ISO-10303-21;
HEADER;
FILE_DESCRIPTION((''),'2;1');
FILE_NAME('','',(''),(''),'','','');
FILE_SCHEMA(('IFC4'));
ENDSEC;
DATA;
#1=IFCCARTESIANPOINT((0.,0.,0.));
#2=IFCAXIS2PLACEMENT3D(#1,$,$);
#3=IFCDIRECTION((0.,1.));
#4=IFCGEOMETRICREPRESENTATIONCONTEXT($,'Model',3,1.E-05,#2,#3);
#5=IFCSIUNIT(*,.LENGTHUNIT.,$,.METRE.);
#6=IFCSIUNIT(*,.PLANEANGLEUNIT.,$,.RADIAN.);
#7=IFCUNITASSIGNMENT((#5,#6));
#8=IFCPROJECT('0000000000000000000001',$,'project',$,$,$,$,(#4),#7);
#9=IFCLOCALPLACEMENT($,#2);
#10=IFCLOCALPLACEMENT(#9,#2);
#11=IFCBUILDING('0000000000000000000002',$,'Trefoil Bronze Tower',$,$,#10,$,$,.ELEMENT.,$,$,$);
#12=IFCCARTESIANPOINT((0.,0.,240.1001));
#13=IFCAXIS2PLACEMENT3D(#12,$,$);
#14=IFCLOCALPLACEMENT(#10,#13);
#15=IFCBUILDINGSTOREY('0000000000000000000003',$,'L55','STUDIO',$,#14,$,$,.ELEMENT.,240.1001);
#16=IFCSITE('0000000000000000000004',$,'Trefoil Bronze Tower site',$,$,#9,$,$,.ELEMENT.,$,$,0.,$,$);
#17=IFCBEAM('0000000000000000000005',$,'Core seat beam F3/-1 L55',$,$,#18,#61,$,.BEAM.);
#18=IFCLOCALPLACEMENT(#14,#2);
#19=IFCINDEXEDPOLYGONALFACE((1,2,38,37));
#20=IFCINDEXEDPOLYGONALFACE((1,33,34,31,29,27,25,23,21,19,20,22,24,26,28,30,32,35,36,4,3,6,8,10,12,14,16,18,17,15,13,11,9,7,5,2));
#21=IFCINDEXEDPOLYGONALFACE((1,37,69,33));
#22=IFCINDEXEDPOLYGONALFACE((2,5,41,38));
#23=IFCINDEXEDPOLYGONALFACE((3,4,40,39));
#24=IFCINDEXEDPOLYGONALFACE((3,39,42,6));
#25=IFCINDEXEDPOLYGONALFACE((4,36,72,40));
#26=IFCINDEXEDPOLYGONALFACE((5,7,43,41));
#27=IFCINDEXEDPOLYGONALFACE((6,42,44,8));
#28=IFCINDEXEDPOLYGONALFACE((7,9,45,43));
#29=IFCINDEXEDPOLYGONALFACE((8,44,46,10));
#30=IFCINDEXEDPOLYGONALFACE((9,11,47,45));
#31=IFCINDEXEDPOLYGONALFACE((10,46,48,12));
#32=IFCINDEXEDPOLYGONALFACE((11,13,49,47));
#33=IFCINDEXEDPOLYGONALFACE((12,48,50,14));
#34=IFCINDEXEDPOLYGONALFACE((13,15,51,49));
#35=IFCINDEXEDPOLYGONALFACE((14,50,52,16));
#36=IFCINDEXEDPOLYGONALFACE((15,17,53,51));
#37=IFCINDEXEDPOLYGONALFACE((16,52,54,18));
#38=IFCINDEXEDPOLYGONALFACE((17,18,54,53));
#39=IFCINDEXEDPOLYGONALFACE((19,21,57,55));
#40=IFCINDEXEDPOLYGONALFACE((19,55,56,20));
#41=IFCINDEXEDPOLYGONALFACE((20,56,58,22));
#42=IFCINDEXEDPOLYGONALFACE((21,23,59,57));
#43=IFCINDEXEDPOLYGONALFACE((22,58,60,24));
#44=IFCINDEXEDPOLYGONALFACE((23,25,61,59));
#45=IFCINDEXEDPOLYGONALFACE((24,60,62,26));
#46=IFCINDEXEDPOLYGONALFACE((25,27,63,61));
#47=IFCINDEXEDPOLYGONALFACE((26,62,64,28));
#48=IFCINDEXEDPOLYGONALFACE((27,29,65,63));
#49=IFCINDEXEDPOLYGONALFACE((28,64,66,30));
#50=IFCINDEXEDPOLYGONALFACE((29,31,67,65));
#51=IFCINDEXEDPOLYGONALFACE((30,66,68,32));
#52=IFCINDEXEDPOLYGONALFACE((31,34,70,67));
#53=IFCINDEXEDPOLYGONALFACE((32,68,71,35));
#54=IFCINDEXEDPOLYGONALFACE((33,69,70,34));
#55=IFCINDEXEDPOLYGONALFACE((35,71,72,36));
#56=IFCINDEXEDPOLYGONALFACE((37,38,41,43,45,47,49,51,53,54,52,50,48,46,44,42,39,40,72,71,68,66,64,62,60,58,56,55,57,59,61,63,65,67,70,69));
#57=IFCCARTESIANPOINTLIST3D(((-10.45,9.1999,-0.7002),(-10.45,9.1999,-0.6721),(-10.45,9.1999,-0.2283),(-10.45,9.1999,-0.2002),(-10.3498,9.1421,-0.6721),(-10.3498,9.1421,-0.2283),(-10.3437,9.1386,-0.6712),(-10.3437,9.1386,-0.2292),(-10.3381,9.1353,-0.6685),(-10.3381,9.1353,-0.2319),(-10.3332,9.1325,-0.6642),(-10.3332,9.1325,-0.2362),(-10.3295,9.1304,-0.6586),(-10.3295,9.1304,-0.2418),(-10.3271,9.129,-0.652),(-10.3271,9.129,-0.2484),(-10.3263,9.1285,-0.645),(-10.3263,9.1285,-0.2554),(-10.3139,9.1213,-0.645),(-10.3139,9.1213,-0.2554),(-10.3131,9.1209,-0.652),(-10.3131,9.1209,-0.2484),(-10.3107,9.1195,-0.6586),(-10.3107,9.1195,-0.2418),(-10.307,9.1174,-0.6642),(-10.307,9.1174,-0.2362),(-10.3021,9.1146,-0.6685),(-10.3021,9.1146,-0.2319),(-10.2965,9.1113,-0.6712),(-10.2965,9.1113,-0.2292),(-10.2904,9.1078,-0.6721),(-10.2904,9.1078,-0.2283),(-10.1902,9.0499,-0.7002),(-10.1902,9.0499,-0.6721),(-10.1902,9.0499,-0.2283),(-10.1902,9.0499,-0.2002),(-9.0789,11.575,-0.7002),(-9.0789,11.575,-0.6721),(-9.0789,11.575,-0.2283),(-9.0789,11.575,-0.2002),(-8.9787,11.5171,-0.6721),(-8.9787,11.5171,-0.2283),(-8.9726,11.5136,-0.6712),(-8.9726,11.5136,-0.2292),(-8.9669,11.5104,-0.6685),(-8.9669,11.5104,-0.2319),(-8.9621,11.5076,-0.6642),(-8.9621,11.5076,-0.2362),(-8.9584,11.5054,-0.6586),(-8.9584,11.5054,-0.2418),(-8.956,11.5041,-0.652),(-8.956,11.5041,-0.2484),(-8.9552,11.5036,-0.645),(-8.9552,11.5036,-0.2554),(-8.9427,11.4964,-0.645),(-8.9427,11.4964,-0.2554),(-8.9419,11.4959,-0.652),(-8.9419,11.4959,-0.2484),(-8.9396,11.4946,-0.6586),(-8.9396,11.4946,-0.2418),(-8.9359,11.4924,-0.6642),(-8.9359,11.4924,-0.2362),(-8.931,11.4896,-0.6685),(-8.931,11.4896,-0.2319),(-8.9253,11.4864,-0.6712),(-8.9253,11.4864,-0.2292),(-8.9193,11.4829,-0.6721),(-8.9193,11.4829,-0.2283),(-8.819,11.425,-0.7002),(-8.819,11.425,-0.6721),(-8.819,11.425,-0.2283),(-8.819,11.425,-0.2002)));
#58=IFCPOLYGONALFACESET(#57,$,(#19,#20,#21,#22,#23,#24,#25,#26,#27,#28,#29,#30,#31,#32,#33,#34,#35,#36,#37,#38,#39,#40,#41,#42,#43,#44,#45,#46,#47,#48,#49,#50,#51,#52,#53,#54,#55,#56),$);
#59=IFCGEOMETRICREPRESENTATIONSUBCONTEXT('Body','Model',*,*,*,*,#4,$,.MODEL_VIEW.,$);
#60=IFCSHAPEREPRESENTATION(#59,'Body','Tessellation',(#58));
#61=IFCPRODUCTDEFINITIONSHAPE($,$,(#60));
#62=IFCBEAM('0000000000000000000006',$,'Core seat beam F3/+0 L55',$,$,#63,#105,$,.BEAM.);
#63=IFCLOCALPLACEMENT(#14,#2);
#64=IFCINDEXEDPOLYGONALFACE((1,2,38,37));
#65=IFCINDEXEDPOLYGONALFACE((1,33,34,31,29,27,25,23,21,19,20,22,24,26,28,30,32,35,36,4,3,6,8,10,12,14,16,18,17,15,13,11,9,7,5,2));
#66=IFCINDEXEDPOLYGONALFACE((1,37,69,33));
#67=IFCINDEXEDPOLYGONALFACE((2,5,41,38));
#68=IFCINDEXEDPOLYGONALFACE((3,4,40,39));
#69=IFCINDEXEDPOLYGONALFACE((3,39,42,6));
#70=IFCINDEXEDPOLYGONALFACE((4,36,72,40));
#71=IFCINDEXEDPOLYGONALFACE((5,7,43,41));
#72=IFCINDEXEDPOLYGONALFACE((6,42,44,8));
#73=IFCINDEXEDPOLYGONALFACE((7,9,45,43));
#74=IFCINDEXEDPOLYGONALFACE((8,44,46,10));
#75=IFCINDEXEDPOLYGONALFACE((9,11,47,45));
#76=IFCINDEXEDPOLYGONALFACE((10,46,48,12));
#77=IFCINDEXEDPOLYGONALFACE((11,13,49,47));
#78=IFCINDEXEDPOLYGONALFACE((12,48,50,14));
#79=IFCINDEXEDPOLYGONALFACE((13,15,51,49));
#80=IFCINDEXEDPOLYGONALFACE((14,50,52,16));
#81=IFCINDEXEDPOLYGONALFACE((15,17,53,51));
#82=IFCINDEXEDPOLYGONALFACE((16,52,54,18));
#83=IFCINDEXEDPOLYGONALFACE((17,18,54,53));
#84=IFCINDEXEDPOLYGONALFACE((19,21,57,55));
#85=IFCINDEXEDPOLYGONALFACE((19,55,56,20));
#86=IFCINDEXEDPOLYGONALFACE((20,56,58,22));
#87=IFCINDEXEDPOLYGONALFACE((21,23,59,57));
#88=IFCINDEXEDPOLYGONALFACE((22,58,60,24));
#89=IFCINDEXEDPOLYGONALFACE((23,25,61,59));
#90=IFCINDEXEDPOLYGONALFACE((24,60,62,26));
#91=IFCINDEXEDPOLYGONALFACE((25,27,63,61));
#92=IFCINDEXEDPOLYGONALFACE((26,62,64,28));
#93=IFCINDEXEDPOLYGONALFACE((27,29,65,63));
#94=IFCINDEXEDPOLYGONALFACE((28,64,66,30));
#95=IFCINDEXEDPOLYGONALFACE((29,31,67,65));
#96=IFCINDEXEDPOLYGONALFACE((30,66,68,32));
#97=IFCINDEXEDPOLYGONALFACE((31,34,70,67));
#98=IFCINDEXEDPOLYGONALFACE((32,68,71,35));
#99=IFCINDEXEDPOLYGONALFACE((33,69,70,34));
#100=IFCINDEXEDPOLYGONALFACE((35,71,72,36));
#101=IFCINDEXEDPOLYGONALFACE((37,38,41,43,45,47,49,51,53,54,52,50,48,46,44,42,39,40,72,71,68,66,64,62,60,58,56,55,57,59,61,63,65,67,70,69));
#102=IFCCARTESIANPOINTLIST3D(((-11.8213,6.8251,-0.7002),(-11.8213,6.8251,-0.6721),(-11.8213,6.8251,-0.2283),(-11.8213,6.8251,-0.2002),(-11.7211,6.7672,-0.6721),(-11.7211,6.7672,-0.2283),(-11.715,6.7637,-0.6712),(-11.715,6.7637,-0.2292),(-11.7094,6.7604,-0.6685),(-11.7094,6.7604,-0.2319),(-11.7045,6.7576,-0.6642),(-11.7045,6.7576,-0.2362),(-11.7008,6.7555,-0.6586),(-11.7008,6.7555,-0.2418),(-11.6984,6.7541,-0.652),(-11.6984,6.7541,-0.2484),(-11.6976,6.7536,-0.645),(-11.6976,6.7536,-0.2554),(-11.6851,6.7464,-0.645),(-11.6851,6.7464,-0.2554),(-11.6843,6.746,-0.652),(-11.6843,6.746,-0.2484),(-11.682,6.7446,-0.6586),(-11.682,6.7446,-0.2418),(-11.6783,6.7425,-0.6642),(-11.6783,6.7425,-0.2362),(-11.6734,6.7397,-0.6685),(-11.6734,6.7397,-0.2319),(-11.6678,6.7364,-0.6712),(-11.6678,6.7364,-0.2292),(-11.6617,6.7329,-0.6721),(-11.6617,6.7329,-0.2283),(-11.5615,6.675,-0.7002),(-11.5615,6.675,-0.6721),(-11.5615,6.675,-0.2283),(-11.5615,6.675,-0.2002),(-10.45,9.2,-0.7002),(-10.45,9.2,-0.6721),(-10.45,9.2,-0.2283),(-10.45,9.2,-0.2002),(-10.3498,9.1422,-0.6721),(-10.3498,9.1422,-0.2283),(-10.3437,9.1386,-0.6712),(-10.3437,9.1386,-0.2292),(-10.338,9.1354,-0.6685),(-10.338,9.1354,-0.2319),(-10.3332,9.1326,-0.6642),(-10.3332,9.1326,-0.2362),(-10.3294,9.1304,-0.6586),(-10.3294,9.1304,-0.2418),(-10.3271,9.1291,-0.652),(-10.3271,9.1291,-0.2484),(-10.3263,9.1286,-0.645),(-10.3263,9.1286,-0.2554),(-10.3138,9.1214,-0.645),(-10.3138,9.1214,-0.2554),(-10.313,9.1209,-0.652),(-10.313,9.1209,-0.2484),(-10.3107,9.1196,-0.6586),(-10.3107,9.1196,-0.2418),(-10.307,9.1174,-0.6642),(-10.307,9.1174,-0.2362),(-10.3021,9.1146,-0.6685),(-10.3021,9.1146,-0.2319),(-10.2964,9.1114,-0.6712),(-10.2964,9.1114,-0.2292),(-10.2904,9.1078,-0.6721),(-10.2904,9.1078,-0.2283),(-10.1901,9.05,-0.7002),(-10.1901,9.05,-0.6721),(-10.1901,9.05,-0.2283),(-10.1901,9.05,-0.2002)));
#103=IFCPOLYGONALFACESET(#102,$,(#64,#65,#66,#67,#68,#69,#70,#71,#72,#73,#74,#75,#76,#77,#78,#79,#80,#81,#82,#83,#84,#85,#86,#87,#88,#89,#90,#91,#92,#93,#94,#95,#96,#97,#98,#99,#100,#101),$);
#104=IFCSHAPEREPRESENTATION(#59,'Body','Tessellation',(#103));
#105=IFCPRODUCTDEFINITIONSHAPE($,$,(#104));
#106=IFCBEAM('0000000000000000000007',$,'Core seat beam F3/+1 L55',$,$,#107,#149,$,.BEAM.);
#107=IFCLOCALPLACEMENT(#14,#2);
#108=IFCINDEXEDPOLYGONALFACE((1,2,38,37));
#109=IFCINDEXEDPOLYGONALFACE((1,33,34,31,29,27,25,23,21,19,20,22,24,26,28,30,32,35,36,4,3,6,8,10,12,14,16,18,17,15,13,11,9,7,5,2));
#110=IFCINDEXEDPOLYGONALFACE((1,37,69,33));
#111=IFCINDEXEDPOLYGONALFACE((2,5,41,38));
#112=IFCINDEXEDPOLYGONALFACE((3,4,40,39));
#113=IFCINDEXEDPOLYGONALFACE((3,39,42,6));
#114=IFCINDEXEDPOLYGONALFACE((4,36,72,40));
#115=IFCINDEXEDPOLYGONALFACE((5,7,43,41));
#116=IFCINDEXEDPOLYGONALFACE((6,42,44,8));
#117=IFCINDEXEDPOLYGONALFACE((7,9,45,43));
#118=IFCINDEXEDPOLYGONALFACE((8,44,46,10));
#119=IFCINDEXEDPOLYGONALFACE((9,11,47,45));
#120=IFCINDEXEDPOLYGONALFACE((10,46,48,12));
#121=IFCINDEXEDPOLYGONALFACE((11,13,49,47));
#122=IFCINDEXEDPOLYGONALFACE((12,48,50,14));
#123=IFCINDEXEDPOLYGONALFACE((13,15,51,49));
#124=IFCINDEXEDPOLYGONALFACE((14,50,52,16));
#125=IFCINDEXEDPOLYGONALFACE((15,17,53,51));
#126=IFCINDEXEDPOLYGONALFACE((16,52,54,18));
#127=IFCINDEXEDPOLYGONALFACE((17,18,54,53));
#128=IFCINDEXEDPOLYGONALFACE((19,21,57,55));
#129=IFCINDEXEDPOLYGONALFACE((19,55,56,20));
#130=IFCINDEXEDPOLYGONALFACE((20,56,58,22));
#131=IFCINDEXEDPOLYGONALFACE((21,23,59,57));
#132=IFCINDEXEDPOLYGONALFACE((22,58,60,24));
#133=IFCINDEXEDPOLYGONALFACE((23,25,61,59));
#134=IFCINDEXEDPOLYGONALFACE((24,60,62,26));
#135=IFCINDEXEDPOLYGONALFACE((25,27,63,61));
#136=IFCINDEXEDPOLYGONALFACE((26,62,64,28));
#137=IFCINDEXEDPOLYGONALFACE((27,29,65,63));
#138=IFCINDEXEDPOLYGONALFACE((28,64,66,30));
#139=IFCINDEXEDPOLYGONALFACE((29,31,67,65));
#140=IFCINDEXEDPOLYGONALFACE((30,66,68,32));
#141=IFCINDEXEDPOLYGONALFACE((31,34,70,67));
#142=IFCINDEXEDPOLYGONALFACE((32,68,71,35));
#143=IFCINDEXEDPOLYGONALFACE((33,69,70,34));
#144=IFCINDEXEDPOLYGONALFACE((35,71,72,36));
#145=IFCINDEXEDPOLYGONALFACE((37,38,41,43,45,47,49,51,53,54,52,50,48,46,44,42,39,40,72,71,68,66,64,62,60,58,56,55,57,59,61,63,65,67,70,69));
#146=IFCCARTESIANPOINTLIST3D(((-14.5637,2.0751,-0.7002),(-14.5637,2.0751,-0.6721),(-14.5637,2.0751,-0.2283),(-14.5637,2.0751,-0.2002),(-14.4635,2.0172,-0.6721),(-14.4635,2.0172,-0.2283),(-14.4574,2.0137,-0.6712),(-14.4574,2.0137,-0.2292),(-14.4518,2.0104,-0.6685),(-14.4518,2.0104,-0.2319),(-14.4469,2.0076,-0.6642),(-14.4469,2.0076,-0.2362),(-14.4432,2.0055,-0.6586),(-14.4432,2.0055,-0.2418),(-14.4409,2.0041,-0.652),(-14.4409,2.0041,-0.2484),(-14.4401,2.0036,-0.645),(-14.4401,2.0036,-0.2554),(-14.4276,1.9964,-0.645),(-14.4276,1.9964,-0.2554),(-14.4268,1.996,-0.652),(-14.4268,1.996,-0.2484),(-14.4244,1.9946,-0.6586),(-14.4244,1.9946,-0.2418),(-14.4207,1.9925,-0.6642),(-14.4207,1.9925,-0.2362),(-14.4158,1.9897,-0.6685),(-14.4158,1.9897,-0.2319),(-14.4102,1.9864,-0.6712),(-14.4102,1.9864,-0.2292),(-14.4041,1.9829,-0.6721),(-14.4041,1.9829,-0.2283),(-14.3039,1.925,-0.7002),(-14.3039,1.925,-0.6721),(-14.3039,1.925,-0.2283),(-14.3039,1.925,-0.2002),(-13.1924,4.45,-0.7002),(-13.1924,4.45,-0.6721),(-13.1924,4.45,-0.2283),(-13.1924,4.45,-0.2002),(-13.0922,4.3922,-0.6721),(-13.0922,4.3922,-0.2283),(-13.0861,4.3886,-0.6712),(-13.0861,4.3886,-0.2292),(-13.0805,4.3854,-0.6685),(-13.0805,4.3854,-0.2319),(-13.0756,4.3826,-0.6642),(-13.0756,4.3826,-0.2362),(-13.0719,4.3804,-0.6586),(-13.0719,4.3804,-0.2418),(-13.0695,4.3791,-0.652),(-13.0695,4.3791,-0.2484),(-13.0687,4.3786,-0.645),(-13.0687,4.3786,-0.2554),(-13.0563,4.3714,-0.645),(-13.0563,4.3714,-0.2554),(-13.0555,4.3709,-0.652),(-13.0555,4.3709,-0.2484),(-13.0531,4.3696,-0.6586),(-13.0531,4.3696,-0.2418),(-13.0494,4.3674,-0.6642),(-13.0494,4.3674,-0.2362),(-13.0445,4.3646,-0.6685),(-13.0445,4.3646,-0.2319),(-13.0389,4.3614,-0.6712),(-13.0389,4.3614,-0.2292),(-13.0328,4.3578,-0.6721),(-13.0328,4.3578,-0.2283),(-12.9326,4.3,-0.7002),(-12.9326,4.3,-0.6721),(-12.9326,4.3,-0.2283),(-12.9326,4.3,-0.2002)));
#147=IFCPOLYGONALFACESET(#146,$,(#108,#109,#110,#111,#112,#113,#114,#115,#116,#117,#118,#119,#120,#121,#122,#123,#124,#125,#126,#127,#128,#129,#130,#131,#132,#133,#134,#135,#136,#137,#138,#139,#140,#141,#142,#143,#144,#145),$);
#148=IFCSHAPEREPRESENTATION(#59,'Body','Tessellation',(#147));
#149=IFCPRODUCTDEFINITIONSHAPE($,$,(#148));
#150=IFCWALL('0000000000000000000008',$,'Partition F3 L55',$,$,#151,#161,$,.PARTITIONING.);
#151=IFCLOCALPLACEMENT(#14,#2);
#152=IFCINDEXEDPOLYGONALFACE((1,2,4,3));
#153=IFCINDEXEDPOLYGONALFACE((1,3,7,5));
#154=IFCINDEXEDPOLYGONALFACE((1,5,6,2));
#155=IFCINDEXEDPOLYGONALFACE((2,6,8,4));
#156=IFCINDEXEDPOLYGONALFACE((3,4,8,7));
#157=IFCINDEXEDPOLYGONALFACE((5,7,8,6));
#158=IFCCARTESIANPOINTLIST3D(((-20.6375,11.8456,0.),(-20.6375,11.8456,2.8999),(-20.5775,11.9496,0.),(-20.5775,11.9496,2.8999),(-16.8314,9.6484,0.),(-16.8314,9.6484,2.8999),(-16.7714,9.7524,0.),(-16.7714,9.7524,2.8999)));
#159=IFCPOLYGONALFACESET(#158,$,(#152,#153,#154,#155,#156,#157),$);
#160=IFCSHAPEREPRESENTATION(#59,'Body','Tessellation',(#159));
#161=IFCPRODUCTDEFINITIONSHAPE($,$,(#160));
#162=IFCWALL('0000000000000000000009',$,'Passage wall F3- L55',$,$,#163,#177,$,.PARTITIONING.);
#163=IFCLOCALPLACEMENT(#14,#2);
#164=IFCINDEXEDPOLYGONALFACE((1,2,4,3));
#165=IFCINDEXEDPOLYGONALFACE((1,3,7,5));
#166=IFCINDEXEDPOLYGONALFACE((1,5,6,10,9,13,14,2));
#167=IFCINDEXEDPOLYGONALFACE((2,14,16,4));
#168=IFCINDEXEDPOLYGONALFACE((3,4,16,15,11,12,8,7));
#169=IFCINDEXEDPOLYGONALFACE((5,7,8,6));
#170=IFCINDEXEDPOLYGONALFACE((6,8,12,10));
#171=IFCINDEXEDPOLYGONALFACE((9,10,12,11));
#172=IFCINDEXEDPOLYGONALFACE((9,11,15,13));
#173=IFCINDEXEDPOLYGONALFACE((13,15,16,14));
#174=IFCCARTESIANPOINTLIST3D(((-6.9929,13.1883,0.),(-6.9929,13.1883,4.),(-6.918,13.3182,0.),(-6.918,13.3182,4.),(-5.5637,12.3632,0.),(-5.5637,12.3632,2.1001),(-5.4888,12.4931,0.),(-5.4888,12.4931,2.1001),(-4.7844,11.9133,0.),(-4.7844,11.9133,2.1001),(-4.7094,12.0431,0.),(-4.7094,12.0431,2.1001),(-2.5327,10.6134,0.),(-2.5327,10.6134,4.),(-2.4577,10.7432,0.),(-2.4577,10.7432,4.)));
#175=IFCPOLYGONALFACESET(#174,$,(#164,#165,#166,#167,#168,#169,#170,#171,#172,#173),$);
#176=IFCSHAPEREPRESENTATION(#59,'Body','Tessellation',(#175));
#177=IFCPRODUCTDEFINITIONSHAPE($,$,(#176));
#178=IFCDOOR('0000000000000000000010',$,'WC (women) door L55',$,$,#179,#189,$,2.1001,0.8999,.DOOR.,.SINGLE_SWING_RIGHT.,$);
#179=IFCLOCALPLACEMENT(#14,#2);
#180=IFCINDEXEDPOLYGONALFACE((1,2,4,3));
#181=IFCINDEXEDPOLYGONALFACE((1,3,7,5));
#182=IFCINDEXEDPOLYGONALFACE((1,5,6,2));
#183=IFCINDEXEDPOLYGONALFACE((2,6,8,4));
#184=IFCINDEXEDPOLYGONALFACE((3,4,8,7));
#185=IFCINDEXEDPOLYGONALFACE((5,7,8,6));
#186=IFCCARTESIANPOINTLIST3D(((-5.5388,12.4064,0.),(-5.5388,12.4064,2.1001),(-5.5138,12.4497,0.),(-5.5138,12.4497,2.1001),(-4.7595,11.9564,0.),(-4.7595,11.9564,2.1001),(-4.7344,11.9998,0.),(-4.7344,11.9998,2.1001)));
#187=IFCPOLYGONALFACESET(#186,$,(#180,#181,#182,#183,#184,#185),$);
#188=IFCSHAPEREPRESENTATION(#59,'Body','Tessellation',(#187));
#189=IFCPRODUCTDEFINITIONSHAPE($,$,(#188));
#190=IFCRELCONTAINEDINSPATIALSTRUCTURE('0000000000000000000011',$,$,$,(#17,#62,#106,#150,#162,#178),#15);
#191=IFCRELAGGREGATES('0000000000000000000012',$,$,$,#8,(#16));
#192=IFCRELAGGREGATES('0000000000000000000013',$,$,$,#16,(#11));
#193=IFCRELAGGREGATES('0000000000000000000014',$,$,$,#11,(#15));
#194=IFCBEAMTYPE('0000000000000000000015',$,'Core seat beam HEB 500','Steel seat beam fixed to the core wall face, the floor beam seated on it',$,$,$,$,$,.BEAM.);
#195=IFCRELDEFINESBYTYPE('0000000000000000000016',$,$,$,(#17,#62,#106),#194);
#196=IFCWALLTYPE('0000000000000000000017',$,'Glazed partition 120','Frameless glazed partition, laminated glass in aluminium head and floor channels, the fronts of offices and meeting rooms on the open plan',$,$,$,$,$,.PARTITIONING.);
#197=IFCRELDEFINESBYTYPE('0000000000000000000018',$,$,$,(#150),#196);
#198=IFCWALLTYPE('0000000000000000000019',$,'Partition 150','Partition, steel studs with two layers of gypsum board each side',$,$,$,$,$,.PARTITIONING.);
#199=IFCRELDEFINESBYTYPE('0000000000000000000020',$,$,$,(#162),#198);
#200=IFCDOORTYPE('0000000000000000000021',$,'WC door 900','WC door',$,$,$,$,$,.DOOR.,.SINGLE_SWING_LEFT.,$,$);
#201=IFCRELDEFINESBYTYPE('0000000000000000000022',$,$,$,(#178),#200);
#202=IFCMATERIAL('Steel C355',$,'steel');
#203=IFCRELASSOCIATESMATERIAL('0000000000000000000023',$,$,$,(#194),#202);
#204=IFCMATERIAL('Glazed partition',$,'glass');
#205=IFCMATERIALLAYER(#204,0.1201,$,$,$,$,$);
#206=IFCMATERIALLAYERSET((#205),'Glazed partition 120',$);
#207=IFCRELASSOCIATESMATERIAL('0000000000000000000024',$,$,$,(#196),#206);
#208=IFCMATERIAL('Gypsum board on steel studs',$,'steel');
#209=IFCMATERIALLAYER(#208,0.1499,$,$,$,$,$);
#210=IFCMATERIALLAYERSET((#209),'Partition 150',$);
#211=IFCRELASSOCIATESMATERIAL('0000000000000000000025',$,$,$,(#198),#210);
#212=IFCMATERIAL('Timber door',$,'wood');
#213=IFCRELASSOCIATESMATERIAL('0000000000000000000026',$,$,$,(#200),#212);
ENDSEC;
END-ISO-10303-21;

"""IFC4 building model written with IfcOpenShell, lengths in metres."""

from ifc_helpers import new_model, si_unit, direction, frame, frame_2d, origin, origin_2d, place, context, subcontext, project, spatial, rectangle, i_section, extrude, material, layer, layer_set, material_profile, profile_set, type_object, element, fill, save


model = new_model("IFC4")

# Units and contexts
model_context = context("Model", 3, precision=1e-05, world=origin(), true_north=direction((0.0, 1.0)))
body_context = subcontext(model_context, "Body", "Model", "MODEL_VIEW")
ifc_project = project(units=[si_unit("LENGTHUNIT", "METRE"), si_unit("PLANEANGLEUNIT", "RADIAN")], contexts=[model_context])

# Site, building, storey
site_placement = place(None, origin())
site = spatial("IfcSite", under=ifc_project, at=site_placement, Name="Trefoil Bronze Tower site", CompositionType="ELEMENT", RefElevation=0.0)
building_placement = place(site_placement, origin())
building = spatial("IfcBuilding", under=site, at=building_placement, Name="Trefoil Bronze Tower", CompositionType="ELEMENT")
storey_placement = place(building_placement, frame((0.0, 0.0, 240.1001)))
storey = spatial("IfcBuildingStorey", under=building, at=storey_placement, Name="L55", Description="STUDIO", CompositionType="ELEMENT", Elevation=240.1001)

# Beams
ifc_material_1 = material(Name="Steel C355", Category="steel")
ifc_material_profile = material_profile(ifc_material_1, i_section(OverallWidth=0.3, OverallDepth=0.5, WebThickness=0.0144, FlangeThickness=0.0281, FilletRadius=0.0271, at=origin_2d()), Name="HEB 500")
ifc_profile_set = profile_set([ifc_material_profile], Name="Steel C355")
beam_type = type_object("IfcBeamType", Name="Core seat beam HEB 500", Description="Steel seat beam fixed to the core wall face, the floor beam seated on it", PredefinedType="BEAM", material=ifc_profile_set)
for number, where, z_axis, x_axis, name in (
    (1, (-8.949, 11.5, -0.4502), (-0.499969, -0.866043, 0.0), (0.866043, -0.499969, 0.0), "Core seat beam F3/-1 L55"),
    (2, (-10.3201, 9.125, -0.4502), (-0.500036, -0.866005, 0.0), (0.866005, -0.500036, 0.0), "Core seat beam F3/+0 L55"),
    (3, (-13.0625, 4.375, -0.4502), (-0.500036, -0.866005, 0.0), (0.866005, -0.500036, 0.0), "Core seat beam F3/+1 L55"),
):
    element("IfcBeam", number, at=place(storey_placement, frame(where, z_axis=z_axis, x_axis=x_axis)), inside=storey, type_object=beam_type, Name=name, PredefinedType="BEAM", context=body_context, shape_type="SweptSolid", body=[
        extrude(i_section(OverallWidth=0.3, OverallDepth=0.5, WebThickness=0.0144, FlangeThickness=0.0281, FilletRadius=0.0271, at=origin_2d()), origin(), (0.0, 0.0, 1.0), 2.7424),
    ])

# Wall
ifc_material_2 = material(Name="Glazed partition", Category="glass")
ifc_layer_1 = layer(ifc_material_2, 0.1201)
ifc_layer_set_1 = layer_set([ifc_layer_1], Name="Glazed partition 120")
wall_type_1 = type_object("IfcWallType", Name="Glazed partition 120", Description="Frameless glazed partition, laminated glass in aluminium head and floor channels, the fronts of offices and meeting rooms on the open plan", PredefinedType="PARTITIONING", material=ifc_layer_set_1)
wall_1_placement = place(storey_placement, frame((-16.8015, 9.7004, 0.0), z_axis=(0.0, 0.0, 1.0), x_axis=(-0.866047, 0.499963, 0.0)))
element("IfcWall", 4, at=wall_1_placement, inside=storey, type_object=wall_type_1, Name="Partition F3 L55", PredefinedType="PARTITIONING", context=body_context, shape_type="SweptSolid", body=[
    extrude(rectangle(XDim=4.3948, YDim=0.1201, at=frame_2d((2.1973, 0.0))), origin(), (0.0, 0.0, 1.0), 2.8999),
])

# Wall, opening, door
ifc_material_3 = material(Name="Gypsum board on steel studs", Category="steel")
ifc_layer_2 = layer(ifc_material_3, 0.1499)
ifc_layer_set_2 = layer_set([ifc_layer_2], Name="Partition 150")
wall_type_2 = type_object("IfcWallType", Name="Partition 150", Description="Partition, steel studs with two layers of gypsum board each side", PredefinedType="PARTITIONING", material=ifc_layer_set_2)
wall_2_placement = place(storey_placement, frame((-2.4951, 10.6782, 0.0), z_axis=(0.0, 0.0, 1.0), x_axis=(-0.866038, 0.499978, 0.0)))
wall_2 = element("IfcWall", 5, at=wall_2_placement, inside=storey, type_object=wall_type_2, Name="Passage wall F3- L55", PredefinedType="PARTITIONING", context=body_context, shape_type="SweptSolid", body=[
    extrude(rectangle(XDim=5.1501, YDim=0.1499, at=frame_2d((2.5752, 0.0))), origin(), (0.0, 0.0, 1.0), 4.0),
])
opening_1_placement = place(wall_2_placement, frame((2.6001, 0.0, 0.0)))
opening_1 = element("IfcOpeningElement", 6, at=opening_1_placement, cuts=wall_2, PredefinedType="OPENING", context=body_context, shape_type="SweptSolid", body=[
    extrude(rectangle(XDim=0.8999, YDim=2.1001, at=frame_2d((0.45, 1.05))), frame((0.0, 0.085, 0.0), z_axis=(0.0, -1.0, 0.0), x_axis=(1.0, 0.0, 0.0)), (0.0, 0.0, 1.0), 0.1699),
])
ifc_material_4 = material(Name="Timber door", Category="wood")
door_type_1 = type_object("IfcDoorType", Name="WC door 900", Description="WC door", OperationType="SINGLE_SWING_LEFT", PredefinedType="DOOR", material=ifc_material_4)
door_1_placement = place(opening_1_placement, frame((0.8999, 0.0, 0.0), z_axis=(0.0, 0.0, 1.0), x_axis=(-1.0, 0.0, 0.0)))
door_1 = element("IfcDoor", 7, at=door_1_placement, inside=storey, type_object=door_type_1, Name="WC (women) door L55", OperationType="SINGLE_SWING_RIGHT", OverallHeight=2.1001, OverallWidth=0.8999, PredefinedType="DOOR", context=body_context, shape_type="SweptSolid", body=[
    extrude(rectangle(XDim=0.8999, YDim=2.1001, at=frame_2d((0.45, 1.05))), frame((0.0, 0.0249, 0.0), z_axis=(0.0, -1.0, 0.0), x_axis=(1.0, 0.0, 0.0)), (0.0, 0.0, 1.0), 0.05),
])
fill(opening_1, door_1)

save(model, "model.ifc")
